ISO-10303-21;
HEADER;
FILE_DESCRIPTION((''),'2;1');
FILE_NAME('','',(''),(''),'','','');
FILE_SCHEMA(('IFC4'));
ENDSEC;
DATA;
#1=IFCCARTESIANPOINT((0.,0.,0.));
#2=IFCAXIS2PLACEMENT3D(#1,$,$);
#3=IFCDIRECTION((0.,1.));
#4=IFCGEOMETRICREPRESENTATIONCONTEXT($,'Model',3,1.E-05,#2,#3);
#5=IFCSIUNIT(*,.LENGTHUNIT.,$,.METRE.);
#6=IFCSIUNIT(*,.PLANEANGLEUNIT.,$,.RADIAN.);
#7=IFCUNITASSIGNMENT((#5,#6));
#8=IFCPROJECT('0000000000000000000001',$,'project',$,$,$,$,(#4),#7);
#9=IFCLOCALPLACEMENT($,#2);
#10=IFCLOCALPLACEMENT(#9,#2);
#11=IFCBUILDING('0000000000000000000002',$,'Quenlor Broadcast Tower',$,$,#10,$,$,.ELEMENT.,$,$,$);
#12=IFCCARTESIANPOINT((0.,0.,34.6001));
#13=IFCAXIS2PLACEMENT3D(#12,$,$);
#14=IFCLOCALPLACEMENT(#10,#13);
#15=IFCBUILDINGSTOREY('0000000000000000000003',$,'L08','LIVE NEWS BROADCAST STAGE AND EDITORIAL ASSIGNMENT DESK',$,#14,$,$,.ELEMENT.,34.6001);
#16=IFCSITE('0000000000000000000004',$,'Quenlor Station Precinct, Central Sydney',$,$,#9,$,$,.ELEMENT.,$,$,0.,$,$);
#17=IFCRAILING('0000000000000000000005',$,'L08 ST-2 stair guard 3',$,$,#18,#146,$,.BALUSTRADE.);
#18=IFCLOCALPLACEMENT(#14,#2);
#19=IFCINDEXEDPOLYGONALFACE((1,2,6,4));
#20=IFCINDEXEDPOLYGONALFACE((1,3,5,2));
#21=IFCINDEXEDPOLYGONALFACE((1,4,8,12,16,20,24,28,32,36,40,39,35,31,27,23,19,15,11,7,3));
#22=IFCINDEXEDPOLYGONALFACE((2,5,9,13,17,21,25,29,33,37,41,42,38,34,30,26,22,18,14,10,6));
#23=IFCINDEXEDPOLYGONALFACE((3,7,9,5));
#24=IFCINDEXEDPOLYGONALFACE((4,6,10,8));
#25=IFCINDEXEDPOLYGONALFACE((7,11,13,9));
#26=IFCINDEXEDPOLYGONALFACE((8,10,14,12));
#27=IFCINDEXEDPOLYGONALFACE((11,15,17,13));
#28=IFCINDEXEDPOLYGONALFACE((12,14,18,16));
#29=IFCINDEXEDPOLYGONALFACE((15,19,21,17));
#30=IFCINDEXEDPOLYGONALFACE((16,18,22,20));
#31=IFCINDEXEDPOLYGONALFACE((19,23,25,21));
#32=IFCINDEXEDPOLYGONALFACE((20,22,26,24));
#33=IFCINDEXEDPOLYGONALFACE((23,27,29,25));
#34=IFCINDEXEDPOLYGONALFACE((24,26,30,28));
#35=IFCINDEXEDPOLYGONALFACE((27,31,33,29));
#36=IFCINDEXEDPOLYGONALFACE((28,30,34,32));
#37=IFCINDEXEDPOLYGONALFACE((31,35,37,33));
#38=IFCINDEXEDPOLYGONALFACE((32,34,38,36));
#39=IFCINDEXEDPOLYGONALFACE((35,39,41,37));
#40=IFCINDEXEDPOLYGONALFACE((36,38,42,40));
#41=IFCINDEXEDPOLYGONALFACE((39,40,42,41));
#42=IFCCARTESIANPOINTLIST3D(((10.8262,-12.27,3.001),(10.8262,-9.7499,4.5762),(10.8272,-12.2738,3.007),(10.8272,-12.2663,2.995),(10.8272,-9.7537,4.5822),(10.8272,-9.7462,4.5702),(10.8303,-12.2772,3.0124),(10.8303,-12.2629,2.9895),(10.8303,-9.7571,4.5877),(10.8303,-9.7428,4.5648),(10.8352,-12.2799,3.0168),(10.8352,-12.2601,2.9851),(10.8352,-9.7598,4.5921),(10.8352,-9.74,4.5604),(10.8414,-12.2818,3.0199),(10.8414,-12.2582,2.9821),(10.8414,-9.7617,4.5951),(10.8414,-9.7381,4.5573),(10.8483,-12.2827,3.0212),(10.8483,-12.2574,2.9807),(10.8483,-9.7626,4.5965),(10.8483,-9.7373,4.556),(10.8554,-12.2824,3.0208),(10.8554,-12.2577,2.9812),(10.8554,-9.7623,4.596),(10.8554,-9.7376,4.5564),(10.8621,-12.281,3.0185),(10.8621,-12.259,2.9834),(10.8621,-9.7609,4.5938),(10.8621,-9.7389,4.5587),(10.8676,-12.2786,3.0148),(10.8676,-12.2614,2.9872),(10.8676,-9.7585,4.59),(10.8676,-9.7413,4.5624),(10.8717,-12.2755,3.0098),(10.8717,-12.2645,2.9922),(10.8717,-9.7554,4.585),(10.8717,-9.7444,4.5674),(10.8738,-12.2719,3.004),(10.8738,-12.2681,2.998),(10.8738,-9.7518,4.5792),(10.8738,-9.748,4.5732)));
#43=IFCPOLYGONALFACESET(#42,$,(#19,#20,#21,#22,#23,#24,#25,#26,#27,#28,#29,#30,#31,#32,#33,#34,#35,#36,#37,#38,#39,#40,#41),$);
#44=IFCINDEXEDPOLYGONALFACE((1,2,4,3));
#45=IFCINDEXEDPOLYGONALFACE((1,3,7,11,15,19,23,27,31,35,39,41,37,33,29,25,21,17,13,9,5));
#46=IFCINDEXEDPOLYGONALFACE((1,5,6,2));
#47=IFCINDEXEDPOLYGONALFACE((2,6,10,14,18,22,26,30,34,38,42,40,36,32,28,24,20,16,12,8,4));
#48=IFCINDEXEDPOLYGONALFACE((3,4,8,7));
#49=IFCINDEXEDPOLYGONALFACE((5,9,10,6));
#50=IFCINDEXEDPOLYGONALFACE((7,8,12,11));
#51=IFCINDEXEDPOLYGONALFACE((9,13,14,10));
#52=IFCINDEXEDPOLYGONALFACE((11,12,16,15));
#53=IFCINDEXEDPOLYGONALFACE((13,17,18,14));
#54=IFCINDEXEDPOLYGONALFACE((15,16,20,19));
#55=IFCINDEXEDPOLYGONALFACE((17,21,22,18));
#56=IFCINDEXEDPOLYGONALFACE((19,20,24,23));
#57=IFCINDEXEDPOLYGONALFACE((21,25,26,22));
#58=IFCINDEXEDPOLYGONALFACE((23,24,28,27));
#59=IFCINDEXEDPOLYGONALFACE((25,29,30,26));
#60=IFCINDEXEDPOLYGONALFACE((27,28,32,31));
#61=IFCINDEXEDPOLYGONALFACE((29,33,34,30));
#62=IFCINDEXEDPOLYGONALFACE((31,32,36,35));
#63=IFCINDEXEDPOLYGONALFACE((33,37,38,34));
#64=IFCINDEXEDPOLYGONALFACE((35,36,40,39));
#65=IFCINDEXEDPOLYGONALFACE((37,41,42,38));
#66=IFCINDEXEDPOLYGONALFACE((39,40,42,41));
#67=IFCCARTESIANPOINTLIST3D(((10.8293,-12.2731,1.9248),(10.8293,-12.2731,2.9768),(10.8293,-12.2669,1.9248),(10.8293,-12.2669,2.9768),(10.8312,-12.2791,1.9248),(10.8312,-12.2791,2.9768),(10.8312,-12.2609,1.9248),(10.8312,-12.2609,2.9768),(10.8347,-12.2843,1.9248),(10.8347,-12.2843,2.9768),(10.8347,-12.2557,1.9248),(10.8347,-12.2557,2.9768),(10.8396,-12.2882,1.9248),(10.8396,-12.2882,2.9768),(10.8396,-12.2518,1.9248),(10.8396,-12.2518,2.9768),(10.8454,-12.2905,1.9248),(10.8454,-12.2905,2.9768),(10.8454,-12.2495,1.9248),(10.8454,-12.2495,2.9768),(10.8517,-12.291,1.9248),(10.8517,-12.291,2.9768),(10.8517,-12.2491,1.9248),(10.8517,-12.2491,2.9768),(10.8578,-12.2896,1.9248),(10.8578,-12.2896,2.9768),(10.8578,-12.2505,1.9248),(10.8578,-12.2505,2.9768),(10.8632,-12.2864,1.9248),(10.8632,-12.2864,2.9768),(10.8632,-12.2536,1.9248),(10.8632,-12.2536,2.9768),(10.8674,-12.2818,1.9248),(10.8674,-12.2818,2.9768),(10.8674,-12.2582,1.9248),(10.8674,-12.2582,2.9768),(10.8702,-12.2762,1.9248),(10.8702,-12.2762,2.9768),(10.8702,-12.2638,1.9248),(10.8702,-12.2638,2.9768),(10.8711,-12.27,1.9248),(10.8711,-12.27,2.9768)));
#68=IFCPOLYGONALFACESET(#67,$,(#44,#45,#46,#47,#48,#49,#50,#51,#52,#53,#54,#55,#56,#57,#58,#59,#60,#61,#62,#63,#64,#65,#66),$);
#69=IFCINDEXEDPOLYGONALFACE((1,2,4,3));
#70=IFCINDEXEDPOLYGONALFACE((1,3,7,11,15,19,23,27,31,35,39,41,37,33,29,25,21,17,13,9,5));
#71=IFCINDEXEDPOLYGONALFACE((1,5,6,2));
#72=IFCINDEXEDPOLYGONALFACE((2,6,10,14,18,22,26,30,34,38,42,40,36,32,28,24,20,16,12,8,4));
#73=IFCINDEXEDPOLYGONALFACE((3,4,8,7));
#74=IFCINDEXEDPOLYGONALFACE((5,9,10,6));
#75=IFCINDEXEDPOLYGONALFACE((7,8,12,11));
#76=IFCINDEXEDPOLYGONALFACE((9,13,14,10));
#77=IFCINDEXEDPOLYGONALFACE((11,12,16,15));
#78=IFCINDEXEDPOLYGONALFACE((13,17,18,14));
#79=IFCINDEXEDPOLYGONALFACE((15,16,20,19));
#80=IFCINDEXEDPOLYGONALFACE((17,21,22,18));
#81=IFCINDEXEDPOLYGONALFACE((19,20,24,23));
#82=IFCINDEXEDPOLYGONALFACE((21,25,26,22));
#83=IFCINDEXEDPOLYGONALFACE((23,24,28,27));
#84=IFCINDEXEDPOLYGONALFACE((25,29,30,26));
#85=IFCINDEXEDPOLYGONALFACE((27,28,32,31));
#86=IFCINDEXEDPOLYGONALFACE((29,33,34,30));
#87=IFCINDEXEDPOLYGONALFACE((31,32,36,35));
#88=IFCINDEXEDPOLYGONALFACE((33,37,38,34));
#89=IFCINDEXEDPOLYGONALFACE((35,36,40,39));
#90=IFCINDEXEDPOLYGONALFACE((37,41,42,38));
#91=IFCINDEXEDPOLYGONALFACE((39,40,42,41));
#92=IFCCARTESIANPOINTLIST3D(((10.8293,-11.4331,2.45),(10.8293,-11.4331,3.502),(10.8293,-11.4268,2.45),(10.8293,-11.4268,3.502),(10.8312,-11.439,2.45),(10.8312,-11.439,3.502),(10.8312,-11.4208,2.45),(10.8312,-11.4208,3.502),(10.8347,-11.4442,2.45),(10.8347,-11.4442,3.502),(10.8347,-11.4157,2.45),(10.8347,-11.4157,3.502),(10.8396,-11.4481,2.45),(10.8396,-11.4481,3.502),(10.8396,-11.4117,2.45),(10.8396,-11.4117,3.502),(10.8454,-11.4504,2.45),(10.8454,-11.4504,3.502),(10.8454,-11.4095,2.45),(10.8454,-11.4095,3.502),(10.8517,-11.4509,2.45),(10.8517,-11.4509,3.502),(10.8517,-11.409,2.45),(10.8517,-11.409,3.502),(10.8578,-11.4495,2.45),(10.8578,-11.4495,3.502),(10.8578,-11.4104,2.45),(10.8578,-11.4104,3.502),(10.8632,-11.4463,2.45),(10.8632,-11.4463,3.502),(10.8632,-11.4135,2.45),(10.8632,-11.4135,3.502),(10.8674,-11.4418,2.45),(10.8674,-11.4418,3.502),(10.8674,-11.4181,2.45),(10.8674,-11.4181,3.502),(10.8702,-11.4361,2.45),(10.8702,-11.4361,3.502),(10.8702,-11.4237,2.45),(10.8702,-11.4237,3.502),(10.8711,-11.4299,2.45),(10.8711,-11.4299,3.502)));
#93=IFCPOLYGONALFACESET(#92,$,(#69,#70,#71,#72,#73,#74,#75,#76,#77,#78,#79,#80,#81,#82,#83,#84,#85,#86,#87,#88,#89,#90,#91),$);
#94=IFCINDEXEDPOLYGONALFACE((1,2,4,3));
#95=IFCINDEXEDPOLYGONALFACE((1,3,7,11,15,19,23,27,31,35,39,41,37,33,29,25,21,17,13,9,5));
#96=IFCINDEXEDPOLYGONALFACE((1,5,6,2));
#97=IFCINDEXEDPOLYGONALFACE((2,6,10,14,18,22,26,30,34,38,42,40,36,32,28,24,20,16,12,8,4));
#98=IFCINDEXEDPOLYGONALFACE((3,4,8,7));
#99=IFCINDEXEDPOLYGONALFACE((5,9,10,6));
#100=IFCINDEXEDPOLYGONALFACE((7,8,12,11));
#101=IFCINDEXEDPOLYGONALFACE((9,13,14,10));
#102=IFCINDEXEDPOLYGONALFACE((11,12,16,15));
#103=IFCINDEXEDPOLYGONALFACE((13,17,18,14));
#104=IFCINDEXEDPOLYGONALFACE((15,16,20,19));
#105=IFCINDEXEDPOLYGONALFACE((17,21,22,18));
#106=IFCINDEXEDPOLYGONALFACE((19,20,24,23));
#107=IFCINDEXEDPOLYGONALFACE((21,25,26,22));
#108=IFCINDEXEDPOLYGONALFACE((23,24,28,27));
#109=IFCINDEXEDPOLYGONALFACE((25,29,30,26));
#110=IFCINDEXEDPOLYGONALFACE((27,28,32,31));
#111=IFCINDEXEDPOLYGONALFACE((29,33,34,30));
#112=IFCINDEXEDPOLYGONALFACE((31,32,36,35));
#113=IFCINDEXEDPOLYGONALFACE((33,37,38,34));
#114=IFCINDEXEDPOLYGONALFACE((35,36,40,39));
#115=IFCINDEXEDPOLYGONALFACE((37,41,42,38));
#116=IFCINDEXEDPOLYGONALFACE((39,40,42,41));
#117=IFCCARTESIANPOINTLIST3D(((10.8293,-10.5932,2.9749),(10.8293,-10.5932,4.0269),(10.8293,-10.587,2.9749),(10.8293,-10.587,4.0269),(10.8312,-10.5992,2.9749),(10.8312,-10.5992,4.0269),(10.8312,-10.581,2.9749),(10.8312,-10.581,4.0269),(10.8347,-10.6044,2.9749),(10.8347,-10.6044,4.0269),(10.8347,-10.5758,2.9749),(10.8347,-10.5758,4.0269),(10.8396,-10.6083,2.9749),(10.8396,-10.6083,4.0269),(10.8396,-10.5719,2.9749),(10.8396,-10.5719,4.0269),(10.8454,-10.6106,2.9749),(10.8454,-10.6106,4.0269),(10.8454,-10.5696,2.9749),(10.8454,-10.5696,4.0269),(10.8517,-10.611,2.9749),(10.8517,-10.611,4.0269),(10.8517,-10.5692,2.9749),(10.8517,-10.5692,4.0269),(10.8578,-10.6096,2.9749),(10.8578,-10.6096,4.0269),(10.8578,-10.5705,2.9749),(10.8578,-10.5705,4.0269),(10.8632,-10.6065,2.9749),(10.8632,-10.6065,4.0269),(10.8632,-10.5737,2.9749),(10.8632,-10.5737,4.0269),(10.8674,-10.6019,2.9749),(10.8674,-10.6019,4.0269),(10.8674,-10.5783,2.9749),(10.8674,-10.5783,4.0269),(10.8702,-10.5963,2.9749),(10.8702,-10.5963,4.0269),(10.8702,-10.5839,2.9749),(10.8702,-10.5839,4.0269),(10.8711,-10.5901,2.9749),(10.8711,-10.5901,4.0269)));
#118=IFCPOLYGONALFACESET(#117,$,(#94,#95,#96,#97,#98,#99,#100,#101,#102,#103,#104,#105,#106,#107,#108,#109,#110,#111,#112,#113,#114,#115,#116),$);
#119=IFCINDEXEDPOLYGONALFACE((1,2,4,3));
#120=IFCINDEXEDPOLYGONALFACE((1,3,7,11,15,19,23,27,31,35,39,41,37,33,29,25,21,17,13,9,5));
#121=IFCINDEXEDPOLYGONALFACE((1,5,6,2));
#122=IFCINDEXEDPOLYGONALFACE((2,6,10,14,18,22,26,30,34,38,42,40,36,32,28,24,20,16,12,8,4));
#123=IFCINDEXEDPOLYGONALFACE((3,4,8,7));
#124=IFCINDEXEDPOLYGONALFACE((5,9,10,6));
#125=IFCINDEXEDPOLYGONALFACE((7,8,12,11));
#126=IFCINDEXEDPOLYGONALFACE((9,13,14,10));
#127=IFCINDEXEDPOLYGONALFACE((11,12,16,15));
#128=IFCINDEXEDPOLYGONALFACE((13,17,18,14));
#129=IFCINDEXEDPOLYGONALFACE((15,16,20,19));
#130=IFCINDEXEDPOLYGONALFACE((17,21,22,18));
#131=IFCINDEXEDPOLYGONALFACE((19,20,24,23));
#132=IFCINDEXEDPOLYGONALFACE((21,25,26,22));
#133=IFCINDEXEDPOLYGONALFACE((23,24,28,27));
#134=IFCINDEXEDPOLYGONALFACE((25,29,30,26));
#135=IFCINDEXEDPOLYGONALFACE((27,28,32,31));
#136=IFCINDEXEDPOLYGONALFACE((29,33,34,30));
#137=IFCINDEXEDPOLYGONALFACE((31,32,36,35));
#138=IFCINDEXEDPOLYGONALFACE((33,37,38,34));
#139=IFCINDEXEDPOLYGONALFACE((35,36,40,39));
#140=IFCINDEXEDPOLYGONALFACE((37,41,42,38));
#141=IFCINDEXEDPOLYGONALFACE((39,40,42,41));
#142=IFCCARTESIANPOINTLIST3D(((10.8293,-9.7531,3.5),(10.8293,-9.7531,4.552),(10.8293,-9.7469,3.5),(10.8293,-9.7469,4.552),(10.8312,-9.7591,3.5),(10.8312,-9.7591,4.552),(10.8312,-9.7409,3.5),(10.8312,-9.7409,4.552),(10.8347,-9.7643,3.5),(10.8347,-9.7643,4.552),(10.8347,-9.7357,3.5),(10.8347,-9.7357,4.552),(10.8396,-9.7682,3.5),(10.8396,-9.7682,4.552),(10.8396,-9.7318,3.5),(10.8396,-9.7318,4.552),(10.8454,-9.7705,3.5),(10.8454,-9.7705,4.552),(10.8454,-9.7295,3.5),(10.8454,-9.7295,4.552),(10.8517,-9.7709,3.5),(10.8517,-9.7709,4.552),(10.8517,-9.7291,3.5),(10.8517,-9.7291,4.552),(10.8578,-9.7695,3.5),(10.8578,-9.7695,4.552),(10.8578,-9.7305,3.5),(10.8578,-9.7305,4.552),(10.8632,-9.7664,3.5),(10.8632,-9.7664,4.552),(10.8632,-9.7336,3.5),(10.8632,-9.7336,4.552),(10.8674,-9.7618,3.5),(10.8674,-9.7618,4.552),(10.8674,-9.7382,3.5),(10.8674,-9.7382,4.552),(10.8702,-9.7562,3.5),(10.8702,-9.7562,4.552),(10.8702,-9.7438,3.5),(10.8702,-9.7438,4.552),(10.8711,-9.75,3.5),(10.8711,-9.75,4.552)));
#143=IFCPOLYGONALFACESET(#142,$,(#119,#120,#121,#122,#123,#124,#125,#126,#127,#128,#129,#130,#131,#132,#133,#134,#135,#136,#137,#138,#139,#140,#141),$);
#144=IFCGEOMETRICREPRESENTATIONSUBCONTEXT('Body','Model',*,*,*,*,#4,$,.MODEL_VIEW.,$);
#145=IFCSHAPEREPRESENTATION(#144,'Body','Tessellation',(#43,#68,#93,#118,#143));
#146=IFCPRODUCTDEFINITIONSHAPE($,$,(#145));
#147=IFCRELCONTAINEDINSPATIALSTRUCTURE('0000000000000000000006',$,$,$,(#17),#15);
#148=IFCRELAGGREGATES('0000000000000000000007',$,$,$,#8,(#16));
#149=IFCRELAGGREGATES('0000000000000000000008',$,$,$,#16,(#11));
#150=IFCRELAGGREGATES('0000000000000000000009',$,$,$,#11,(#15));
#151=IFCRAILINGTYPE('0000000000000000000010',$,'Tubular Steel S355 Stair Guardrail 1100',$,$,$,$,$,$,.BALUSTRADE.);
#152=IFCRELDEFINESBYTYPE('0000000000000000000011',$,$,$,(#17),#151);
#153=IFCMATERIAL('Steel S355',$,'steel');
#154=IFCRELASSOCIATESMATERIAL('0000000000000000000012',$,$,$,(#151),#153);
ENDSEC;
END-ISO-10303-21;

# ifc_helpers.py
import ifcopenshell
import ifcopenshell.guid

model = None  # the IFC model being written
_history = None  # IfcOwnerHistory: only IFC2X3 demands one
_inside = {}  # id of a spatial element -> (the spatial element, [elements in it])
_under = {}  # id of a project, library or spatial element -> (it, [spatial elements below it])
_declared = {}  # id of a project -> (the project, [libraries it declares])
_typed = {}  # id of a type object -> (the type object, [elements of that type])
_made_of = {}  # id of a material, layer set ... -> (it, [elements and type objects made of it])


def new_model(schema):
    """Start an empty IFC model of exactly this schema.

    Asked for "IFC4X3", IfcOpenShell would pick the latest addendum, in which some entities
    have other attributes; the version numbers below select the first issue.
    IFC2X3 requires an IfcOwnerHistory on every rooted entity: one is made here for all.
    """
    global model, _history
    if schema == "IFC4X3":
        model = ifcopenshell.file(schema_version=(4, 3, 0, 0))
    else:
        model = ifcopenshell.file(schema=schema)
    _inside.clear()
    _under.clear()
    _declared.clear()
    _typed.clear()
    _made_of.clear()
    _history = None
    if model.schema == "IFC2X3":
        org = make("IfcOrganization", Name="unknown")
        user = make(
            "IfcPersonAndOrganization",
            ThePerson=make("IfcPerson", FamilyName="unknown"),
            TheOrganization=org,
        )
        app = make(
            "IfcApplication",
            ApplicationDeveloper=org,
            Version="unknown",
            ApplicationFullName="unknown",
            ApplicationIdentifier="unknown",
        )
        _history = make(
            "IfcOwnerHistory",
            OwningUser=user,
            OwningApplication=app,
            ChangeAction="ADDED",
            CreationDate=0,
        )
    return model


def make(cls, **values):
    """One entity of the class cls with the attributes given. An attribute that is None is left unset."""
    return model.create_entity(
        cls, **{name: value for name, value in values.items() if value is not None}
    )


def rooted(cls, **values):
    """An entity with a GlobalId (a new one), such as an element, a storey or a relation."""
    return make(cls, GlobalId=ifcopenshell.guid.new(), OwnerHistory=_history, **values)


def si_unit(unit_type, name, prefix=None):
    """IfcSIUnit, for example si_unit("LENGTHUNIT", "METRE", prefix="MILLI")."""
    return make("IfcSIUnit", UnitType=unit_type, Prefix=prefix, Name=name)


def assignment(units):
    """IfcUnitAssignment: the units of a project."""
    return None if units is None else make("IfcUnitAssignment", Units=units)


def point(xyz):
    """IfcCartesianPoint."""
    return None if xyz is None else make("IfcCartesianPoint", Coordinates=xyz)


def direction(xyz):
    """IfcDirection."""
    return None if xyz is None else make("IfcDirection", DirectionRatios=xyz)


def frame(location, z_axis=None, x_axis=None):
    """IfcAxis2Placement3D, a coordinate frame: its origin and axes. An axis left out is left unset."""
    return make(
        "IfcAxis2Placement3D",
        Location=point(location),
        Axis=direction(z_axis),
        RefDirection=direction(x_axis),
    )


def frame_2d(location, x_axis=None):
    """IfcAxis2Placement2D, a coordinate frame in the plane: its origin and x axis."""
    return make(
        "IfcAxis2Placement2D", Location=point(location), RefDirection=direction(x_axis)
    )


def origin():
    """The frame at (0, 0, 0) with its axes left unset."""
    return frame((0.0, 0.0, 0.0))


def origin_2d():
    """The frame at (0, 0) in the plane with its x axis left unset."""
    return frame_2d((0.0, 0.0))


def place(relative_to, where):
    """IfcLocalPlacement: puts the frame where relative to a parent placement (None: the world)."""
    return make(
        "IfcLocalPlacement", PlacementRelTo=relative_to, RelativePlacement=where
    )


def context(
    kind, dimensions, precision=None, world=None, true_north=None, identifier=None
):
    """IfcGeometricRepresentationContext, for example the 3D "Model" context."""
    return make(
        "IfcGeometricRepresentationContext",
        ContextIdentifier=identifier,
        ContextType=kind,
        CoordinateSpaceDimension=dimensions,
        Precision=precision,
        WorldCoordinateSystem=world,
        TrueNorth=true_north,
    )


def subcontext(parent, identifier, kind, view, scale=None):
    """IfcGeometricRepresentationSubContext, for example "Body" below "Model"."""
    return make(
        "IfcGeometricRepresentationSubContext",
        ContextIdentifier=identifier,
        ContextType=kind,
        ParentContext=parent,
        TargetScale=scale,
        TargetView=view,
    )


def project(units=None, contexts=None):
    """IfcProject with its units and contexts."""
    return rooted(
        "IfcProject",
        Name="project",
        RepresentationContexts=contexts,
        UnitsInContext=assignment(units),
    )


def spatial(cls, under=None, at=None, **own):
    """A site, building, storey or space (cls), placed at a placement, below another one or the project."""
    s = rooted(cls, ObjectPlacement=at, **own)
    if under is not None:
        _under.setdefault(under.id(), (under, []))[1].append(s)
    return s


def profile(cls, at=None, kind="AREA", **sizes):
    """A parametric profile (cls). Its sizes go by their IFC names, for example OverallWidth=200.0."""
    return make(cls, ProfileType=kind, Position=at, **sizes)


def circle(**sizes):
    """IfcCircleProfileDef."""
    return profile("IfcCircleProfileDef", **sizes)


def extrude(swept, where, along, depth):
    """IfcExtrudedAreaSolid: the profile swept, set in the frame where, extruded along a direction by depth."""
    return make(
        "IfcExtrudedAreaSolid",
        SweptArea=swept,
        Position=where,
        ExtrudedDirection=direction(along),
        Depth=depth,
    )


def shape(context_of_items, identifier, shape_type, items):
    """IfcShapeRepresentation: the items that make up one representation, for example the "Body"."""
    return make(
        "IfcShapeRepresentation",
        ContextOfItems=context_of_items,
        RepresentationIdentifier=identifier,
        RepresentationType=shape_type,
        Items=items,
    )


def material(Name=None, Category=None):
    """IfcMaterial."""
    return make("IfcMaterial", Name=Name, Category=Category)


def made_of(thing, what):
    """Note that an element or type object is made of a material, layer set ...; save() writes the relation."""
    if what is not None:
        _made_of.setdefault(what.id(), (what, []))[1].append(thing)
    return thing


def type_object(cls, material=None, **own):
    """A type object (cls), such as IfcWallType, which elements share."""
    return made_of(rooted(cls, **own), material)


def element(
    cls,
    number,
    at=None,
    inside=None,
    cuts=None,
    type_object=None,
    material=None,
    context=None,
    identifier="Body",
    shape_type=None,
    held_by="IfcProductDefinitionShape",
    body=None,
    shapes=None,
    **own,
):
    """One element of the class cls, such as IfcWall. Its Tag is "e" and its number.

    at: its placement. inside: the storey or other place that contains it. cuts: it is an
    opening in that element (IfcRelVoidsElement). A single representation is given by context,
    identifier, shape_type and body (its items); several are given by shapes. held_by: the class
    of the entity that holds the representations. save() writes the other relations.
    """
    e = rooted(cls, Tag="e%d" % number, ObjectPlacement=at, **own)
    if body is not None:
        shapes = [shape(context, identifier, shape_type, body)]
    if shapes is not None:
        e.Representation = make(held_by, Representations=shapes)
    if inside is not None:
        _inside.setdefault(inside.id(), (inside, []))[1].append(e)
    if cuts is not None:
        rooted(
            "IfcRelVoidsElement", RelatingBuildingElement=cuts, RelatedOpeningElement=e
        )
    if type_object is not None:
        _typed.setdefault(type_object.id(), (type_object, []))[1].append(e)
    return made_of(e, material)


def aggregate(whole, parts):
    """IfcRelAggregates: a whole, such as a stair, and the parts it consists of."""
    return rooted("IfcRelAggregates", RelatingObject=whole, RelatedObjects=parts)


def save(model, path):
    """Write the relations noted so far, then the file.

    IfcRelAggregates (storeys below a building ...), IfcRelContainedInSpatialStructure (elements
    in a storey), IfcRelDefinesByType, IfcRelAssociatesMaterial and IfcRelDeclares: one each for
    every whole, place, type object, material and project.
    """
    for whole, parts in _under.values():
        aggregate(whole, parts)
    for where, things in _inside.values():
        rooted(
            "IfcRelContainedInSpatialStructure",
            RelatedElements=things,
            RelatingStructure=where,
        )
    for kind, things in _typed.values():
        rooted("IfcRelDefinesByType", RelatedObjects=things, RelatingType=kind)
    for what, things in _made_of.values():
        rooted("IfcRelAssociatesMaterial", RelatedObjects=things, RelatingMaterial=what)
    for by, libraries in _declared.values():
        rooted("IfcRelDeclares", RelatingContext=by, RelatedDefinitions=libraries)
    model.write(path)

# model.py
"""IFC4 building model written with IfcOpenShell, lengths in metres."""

from ifc_helpers import new_model, si_unit, direction, frame, origin, origin_2d, place, context, subcontext, project, spatial, circle, extrude, material, type_object, element, save


model = new_model("IFC4")

# Units and contexts
model_context = context("Model", 3, precision=1e-05, world=origin(), true_north=direction((0.0, 1.0)))
body_context = subcontext(model_context, "Body", "Model", "MODEL_VIEW")
ifc_project = project(units=[si_unit("LENGTHUNIT", "METRE"), si_unit("PLANEANGLEUNIT", "RADIAN")], contexts=[model_context])

# Site, building, storey
site_placement = place(None, origin())
site = spatial("IfcSite", under=ifc_project, at=site_placement, Name="Quenlor Station Precinct, Central Sydney", CompositionType="ELEMENT", RefElevation=0.0)
building_placement = place(site_placement, origin())
building = spatial("IfcBuilding", under=site, at=building_placement, Name="Quenlor Broadcast Tower", CompositionType="ELEMENT")
storey_placement = place(building_placement, frame((0.0, 0.0, 34.6001)))
storey = spatial("IfcBuildingStorey", under=building, at=storey_placement, Name="L08", Description="LIVE NEWS BROADCAST STAGE AND EDITORIAL ASSIGNMENT DESK", CompositionType="ELEMENT", Elevation=34.6001)

# Railing
ifc_material_1 = material(Name="Steel S355", Category="steel")
railing_type_1 = type_object("IfcRailingType", Name="Tubular Steel S355 Stair Guardrail 1100", PredefinedType="BALUSTRADE", material=ifc_material_1)
railing_1_placement = place(storey_placement, frame((10.8501, -12.27, 1.9248)))
element("IfcRailing", 1, at=railing_1_placement, inside=storey, type_object=railing_type_1, Name="L08 ST-2 stair guard 3", PredefinedType="BALUSTRADE", context=body_context, shape_type="SweptSolid", body=[
    extrude(circle(Radius=0.0239, at=origin_2d()), frame((0.0, 0.0, 1.0762), z_axis=(0.0, 0.847971, 0.530043), x_axis=(-1.0, 0.0, 0.0)), (0.0, 0.0, 1.0), 2.9719),
    extrude(circle(Radius=0.021, at=origin_2d()), origin(), (0.0, 0.0, 1.0), 1.052),
    extrude(circle(Radius=0.021, at=origin_2d()), frame((0.0, 0.8401, 0.5251)), (0.0, 0.0, 1.0), 1.052),
    extrude(circle(Radius=0.021, at=origin_2d()), frame((0.0, 1.6799, 1.05)), (0.0, 0.0, 1.0), 1.052),
    extrude(circle(Radius=0.021, at=origin_2d()), frame((0.0, 2.52, 1.5752)), (0.0, 0.0, 1.0), 1.052),
])

save(model, "model.ifc")
